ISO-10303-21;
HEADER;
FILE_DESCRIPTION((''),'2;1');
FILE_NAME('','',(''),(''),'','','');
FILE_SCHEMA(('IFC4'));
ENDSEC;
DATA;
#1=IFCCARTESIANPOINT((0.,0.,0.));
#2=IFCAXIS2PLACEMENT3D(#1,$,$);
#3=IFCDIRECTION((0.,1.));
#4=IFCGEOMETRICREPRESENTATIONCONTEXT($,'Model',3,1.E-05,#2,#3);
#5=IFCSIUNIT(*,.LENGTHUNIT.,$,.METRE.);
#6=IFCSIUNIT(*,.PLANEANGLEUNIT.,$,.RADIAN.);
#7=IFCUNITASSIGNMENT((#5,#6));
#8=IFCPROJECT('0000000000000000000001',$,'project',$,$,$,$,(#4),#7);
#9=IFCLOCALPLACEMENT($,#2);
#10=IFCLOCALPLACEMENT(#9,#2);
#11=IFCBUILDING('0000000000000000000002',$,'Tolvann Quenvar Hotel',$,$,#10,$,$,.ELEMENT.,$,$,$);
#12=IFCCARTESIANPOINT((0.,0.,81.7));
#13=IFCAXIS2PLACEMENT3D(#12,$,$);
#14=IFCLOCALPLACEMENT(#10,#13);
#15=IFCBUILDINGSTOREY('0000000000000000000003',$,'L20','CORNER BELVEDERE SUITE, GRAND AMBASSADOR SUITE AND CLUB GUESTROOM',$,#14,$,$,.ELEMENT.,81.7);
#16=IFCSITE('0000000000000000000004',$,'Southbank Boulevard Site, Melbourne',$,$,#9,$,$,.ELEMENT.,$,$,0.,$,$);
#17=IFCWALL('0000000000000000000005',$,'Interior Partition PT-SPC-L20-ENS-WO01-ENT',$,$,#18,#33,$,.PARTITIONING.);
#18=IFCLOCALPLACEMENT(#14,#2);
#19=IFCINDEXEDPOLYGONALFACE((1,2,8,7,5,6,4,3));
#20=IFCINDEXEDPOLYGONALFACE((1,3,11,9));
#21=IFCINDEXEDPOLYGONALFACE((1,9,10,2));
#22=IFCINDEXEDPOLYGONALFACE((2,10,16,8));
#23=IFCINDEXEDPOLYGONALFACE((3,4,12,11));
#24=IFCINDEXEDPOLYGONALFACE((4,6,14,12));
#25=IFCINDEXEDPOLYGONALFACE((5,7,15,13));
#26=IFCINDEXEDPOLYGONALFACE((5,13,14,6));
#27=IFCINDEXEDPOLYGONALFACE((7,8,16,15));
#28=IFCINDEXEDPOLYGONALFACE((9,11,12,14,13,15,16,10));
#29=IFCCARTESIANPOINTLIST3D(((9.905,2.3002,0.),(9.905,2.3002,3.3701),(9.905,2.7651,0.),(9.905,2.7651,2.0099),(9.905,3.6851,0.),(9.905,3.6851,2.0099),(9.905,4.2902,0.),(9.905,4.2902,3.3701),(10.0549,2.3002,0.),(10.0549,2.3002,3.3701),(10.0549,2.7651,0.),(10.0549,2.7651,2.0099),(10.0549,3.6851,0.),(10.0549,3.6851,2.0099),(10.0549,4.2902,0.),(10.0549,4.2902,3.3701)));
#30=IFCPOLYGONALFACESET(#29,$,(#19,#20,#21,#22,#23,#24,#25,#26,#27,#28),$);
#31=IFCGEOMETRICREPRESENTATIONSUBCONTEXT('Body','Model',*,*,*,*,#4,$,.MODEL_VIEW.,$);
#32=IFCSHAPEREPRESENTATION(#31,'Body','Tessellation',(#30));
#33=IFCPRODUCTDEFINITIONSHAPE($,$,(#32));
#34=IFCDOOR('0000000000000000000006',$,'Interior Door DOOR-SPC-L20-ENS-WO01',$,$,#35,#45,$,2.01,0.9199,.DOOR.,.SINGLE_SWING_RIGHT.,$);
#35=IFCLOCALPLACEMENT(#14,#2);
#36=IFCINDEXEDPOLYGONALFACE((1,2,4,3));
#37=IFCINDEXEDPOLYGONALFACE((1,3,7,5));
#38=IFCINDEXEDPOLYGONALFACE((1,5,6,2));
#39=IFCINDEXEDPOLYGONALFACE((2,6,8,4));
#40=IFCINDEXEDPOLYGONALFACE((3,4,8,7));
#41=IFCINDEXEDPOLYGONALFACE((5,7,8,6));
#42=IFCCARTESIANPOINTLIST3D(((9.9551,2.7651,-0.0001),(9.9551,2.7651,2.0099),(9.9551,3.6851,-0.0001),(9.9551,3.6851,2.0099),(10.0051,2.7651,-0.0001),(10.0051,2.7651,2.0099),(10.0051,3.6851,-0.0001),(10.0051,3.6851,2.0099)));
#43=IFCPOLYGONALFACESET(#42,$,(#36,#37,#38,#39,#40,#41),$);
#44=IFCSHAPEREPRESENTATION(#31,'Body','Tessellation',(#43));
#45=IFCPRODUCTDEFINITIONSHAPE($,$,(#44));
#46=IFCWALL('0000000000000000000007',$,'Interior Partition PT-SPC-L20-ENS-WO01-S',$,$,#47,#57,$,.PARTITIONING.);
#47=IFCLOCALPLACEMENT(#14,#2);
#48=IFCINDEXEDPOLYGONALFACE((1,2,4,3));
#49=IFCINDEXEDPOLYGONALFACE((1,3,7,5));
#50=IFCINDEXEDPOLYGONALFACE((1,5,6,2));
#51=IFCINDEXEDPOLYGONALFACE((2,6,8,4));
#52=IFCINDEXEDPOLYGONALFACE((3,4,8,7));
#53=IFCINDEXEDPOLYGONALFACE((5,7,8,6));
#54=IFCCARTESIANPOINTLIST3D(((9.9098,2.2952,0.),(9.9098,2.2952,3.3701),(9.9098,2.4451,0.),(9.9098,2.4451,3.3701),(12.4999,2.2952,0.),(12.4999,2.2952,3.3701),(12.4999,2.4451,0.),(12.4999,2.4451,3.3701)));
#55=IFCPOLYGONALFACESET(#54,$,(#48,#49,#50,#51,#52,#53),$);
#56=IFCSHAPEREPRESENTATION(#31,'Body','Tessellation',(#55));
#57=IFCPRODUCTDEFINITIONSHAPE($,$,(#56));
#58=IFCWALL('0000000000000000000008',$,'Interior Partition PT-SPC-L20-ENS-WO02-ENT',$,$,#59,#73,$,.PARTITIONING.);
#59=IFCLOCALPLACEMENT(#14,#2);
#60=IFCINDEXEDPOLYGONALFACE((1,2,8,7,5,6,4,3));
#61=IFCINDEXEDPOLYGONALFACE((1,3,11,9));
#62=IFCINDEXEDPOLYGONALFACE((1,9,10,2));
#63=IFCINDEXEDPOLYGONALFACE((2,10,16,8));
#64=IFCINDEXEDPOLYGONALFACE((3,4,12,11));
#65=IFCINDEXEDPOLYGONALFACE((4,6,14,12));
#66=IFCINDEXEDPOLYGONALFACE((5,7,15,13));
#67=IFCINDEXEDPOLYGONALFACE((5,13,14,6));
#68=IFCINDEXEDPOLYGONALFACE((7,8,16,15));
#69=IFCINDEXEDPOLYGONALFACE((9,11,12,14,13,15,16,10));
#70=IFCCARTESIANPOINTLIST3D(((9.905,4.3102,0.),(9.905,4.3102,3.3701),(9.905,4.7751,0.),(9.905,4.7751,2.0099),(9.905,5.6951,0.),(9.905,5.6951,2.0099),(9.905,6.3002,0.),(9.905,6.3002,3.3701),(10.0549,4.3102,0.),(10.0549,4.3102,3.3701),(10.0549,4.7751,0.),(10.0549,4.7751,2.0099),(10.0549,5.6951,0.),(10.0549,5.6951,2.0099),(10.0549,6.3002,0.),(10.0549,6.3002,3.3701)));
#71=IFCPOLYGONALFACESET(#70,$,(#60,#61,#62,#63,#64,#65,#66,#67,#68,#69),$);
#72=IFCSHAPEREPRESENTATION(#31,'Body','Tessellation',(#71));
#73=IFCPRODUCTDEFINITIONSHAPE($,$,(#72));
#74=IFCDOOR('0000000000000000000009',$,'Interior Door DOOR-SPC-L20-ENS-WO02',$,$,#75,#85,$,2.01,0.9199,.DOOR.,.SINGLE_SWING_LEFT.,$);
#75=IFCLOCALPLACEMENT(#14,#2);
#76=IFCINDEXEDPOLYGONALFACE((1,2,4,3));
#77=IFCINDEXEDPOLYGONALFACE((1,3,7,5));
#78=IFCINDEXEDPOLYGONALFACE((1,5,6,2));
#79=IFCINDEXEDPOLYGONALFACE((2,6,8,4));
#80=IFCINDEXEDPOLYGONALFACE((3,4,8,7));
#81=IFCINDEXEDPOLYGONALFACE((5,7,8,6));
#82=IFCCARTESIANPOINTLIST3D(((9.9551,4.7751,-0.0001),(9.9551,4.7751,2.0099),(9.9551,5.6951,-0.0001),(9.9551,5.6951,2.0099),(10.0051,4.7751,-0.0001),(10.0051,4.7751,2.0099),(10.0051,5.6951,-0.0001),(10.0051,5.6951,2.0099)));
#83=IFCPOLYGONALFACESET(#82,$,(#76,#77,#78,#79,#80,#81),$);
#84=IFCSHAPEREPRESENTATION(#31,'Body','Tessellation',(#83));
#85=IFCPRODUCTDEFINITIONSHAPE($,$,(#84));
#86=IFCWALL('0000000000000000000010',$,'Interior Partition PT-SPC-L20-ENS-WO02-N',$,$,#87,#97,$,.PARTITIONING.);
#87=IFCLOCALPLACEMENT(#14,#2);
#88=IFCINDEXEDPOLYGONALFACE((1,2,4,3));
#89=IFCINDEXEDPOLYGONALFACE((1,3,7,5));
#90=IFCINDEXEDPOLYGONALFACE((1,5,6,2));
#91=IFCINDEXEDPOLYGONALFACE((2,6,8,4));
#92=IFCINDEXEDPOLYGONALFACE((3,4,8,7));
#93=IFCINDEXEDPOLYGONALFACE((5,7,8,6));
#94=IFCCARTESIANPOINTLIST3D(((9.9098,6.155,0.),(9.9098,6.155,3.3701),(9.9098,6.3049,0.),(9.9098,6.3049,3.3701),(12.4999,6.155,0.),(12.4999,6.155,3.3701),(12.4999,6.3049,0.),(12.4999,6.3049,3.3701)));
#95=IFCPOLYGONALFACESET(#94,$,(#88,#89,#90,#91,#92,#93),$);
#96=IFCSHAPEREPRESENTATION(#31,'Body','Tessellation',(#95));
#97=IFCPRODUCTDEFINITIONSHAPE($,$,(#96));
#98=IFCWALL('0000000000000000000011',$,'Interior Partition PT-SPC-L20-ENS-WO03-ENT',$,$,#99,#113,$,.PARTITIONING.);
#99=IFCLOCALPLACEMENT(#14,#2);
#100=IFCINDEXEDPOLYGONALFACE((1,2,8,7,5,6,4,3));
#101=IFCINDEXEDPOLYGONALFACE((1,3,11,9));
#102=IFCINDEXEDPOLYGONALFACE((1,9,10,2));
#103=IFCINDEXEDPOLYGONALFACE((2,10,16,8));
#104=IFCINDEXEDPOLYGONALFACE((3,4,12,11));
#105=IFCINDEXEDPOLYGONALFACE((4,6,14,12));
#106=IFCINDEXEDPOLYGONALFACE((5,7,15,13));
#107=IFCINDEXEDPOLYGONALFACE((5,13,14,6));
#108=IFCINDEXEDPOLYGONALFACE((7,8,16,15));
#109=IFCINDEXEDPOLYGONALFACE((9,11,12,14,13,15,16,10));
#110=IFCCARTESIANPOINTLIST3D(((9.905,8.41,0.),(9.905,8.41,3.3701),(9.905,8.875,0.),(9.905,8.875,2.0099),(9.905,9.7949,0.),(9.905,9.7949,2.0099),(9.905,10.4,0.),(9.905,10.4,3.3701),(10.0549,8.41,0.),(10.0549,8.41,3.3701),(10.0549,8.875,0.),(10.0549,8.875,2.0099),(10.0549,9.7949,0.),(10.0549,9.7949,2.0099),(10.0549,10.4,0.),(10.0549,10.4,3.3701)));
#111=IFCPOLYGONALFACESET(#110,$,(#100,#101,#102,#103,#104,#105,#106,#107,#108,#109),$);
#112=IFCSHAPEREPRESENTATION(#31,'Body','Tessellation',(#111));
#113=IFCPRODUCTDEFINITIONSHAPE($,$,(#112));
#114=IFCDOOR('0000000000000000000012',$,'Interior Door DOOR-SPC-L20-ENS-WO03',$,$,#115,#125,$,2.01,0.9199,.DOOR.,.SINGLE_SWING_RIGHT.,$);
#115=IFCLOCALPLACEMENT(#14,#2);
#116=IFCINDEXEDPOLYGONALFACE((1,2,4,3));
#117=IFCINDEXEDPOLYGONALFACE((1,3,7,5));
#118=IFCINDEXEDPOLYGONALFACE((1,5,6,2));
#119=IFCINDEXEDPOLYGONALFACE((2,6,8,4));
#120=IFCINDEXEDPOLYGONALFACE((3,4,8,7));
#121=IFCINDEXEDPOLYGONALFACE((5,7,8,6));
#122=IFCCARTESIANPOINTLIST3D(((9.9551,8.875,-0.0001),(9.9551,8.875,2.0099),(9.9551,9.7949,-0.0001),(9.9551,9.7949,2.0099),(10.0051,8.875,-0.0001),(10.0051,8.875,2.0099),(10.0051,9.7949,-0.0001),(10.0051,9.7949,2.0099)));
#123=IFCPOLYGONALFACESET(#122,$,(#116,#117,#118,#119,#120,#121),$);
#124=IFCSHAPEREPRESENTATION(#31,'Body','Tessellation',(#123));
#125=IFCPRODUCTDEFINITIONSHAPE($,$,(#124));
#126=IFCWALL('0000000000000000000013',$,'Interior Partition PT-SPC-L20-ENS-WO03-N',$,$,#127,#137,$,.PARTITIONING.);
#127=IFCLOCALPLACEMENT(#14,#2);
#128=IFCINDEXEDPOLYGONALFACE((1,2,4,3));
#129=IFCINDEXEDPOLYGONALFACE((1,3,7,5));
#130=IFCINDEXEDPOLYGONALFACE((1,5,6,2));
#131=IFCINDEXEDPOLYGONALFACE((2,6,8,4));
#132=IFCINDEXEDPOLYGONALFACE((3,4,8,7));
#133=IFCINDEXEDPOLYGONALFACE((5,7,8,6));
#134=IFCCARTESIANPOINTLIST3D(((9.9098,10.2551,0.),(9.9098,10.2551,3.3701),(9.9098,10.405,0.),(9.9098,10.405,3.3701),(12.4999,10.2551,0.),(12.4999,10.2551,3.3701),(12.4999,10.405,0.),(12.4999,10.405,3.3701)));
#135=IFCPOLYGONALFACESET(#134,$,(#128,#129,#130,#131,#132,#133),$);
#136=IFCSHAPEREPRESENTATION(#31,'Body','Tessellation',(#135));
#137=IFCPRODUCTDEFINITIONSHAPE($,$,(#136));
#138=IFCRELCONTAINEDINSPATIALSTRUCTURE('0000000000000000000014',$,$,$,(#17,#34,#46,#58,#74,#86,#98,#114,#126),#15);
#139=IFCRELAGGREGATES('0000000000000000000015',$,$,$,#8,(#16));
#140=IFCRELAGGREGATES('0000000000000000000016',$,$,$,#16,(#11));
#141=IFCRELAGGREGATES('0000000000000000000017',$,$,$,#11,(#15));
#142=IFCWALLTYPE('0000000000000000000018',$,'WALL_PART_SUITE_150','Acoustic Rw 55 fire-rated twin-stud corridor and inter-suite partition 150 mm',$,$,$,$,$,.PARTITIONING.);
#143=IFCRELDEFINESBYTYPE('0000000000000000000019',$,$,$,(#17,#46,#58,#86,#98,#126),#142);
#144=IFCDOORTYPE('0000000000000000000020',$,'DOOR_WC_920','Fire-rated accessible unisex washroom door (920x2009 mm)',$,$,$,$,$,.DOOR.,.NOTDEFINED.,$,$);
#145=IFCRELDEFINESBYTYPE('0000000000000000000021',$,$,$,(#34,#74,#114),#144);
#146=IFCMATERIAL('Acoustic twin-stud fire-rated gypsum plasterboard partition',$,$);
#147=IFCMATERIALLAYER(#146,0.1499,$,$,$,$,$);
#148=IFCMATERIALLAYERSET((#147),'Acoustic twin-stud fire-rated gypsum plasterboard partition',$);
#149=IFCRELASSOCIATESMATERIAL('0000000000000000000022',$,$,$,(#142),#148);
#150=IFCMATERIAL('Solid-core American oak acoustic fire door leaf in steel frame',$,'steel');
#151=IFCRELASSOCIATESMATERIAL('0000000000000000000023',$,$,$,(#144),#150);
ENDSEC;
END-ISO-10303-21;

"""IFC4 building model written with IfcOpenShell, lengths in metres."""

from ifc_helpers import new_model, si_unit, direction, frame, frame_2d, origin, place, context, subcontext, project, spatial, rectangle, extrude, source, transform, mapped, material, layer, layer_set, type_object, type_shapes, element, fill, save


model = new_model("IFC4")

# Units and contexts
model_context = context("Model", 3, precision=1e-05, world=origin(), true_north=direction((0.0, 1.0)))
body_context = subcontext(model_context, "Body", "Model", "MODEL_VIEW")
ifc_project = project(units=[si_unit("LENGTHUNIT", "METRE"), si_unit("PLANEANGLEUNIT", "RADIAN")], contexts=[model_context])

# Site, building, storey
site_placement = place(None, origin())
site = spatial("IfcSite", under=ifc_project, at=site_placement, Name="Southbank Boulevard Site, Melbourne", CompositionType="ELEMENT", RefElevation=0.0)
building_placement = place(site_placement, origin())
building = spatial("IfcBuilding", under=site, at=building_placement, Name="Tolvann Quenvar Hotel", CompositionType="ELEMENT")
storey_placement = place(building_placement, frame((0.0, 0.0, 81.7)))
storey = spatial("IfcBuildingStorey", under=building, at=storey_placement, Name="L20", Description="CORNER BELVEDERE SUITE, GRAND AMBASSADOR SUITE AND CLUB GUESTROOM", CompositionType="ELEMENT", Elevation=81.7)

# Wall, opening, door
ifc_material_1 = material(Name="Acoustic twin-stud fire-rated gypsum plasterboard partition")
ifc_layer_1 = layer(ifc_material_1, 0.1499)
ifc_layer_set_1 = layer_set([ifc_layer_1], Name="Acoustic twin-stud fire-rated gypsum plasterboard partition")
wall_type_1 = type_object("IfcWallType", Name="WALL_PART_SUITE_150", Description="Acoustic Rw 55 fire-rated twin-stud corridor and inter-suite partition 150 mm", PredefinedType="PARTITIONING", material=ifc_layer_set_1)
wall_1_placement = place(storey_placement, frame((9.98, 2.3, 0.0), z_axis=(0.0, 0.0, 1.0), x_axis=(0.0, 1.0, 0.0)))
wall_1 = element("IfcWall", 1, at=wall_1_placement, inside=storey, type_object=wall_type_1, Name="Interior Partition PT-SPC-L20-ENS-WO01-ENT", PredefinedType="PARTITIONING", context=body_context, shape_type="SweptSolid", body=[
    extrude(rectangle(XDim=1.99, YDim=0.1499, at=frame_2d((0.9951, 0.0))), origin(), (0.0, 0.0, 1.0), 3.3701),
])
opening_1_placement = place(wall_1_placement, frame((0.4651, 0.0, 0.0)))
opening_1 = element("IfcOpeningElement", 2, at=opening_1_placement, cuts=wall_1, PredefinedType="OPENING", context=body_context, shape_type="SweptSolid", body=[
    extrude(rectangle(XDim=0.9199, YDim=2.01, at=frame_2d((0.46, 1.0049))), frame((0.0, 0.085, 0.0), z_axis=(0.0, -1.0, 0.0), x_axis=(1.0, 0.0, 0.0)), (0.0, 0.0, 1.0), 0.1699),
])
ifc_material_2 = material(Name="Solid-core American oak acoustic fire door leaf in steel frame", Category="steel")
door_type_1 = type_object("IfcDoorType", Name="DOOR_WC_920", Description="Fire-rated accessible unisex washroom door (920x2009 mm)", OperationType="NOTDEFINED", PredefinedType="DOOR", material=ifc_material_2)
shared_shape_1 = source(origin(), body_context, "Body", "SweptSolid", [
    extrude(rectangle(XDim=0.9199, YDim=2.01, at=frame_2d((0.46, 1.0049))), frame((0.0, 0.0249, 0.0), z_axis=(0.0, -1.0, 0.0), x_axis=(1.0, 0.0, 0.0)), (0.0, 0.0, 1.0), 0.05),
])
type_shapes(door_type_1, [shared_shape_1])
door_1_placement = place(opening_1_placement, origin())
door_1 = element("IfcDoor", 3, at=door_1_placement, inside=storey, type_object=door_type_1, Name="Interior Door DOOR-SPC-L20-ENS-WO01", OperationType="SINGLE_SWING_RIGHT", OverallHeight=2.01, OverallWidth=0.9199, PredefinedType="DOOR", context=body_context, shape_type="MappedRepresentation", body=[
    mapped(shared_shape_1, transform((0.0, 0.0, 0.0), x_axis=(1.0, 0.0, 0.0), y_axis=(0.0, 1.0, 0.0), z_axis=(0.0, 0.0, 1.0), scale=1.0)),
])
fill(opening_1, door_1)

# Wall
wall_2_placement = place(storey_placement, frame((9.9099, 2.3701, 0.0), z_axis=(0.0, 0.0, 1.0), x_axis=(1.0, 0.0, 0.0)))
element("IfcWall", 4, at=wall_2_placement, inside=storey, type_object=wall_type_1, Name="Interior Partition PT-SPC-L20-ENS-WO01-S", PredefinedType="PARTITIONING", context=body_context, shape_type="SweptSolid", body=[
    extrude(rectangle(XDim=2.5901, YDim=0.1499, at=frame_2d((1.2949, 0.0))), origin(), (0.0, 0.0, 1.0), 3.3701),
])

# Wall, opening, door
wall_3_placement = place(storey_placement, frame((9.98, 4.3101, 0.0), z_axis=(0.0, 0.0, 1.0), x_axis=(0.0, 1.0, 0.0)))
wall_3 = element("IfcWall", 5, at=wall_3_placement, inside=storey, type_object=wall_type_1, Name="Interior Partition PT-SPC-L20-ENS-WO02-ENT", PredefinedType="PARTITIONING", context=body_context, shape_type="SweptSolid", body=[
    extrude(rectangle(XDim=1.99, YDim=0.1499, at=frame_2d((0.9951, 0.0))), origin(), (0.0, 0.0, 1.0), 3.3701),
])
opening_2_placement = place(wall_3_placement, frame((0.4651, 0.0, 0.0)))
opening_2 = element("IfcOpeningElement", 6, at=opening_2_placement, cuts=wall_3, PredefinedType="OPENING", context=body_context, shape_type="SweptSolid", body=[
    extrude(rectangle(XDim=0.9199, YDim=2.01, at=frame_2d((0.46, 1.0049))), frame((0.0, 0.085, 0.0), z_axis=(0.0, -1.0, 0.0), x_axis=(1.0, 0.0, 0.0)), (0.0, 0.0, 1.0), 0.1699),
])
door_2_placement = place(opening_2_placement, origin())
door_2 = element("IfcDoor", 7, at=door_2_placement, inside=storey, type_object=door_type_1, Name="Interior Door DOOR-SPC-L20-ENS-WO02", OperationType="SINGLE_SWING_LEFT", OverallHeight=2.01, OverallWidth=0.9199, PredefinedType="DOOR", context=body_context, shape_type="MappedRepresentation", body=[
    mapped(shared_shape_1, transform((0.0, 0.0, 0.0), x_axis=(1.0, 0.0, 0.0), y_axis=(0.0, 1.0, 0.0), z_axis=(0.0, 0.0, 1.0), scale=1.0)),
])
fill(opening_2, door_2)

# Wall
wall_4_placement = place(storey_placement, frame((9.9099, 6.23, 0.0), z_axis=(0.0, 0.0, 1.0), x_axis=(1.0, 0.0, 0.0)))
element("IfcWall", 8, at=wall_4_placement, inside=storey, type_object=wall_type_1, Name="Interior Partition PT-SPC-L20-ENS-WO02-N", PredefinedType="PARTITIONING", context=body_context, shape_type="SweptSolid", body=[
    extrude(rectangle(XDim=2.5901, YDim=0.1499, at=frame_2d((1.2949, 0.0))), origin(), (0.0, 0.0, 1.0), 3.3701),
])

# Wall, opening, door
wall_5_placement = place(storey_placement, frame((9.98, 8.4099, 0.0), z_axis=(0.0, 0.0, 1.0), x_axis=(0.0, 1.0, 0.0)))
wall_5 = element("IfcWall", 9, at=wall_5_placement, inside=storey, type_object=wall_type_1, Name="Interior Partition PT-SPC-L20-ENS-WO03-ENT", PredefinedType="PARTITIONING", context=body_context, shape_type="SweptSolid", body=[
    extrude(rectangle(XDim=1.99, YDim=0.1499, at=frame_2d((0.9951, 0.0))), origin(), (0.0, 0.0, 1.0), 3.3701),
])
opening_3_placement = place(wall_5_placement, frame((0.4651, 0.0, 0.0)))
opening_3 = element("IfcOpeningElement", 10, at=opening_3_placement, cuts=wall_5, PredefinedType="OPENING", context=body_context, shape_type="SweptSolid", body=[
    extrude(rectangle(XDim=0.9199, YDim=2.01, at=frame_2d((0.46, 1.0049))), frame((0.0, 0.085, 0.0), z_axis=(0.0, -1.0, 0.0), x_axis=(1.0, 0.0, 0.0)), (0.0, 0.0, 1.0), 0.1699),
])
door_3_placement = place(opening_3_placement, origin())
door_3 = element("IfcDoor", 11, at=door_3_placement, inside=storey, type_object=door_type_1, Name="Interior Door DOOR-SPC-L20-ENS-WO03", OperationType="SINGLE_SWING_RIGHT", OverallHeight=2.01, OverallWidth=0.9199, PredefinedType="DOOR", context=body_context, shape_type="MappedRepresentation", body=[
    mapped(shared_shape_1, transform((0.0, 0.0, 0.0), x_axis=(1.0, 0.0, 0.0), y_axis=(0.0, 1.0, 0.0), z_axis=(0.0, 0.0, 1.0), scale=1.0)),
])
fill(opening_3, door_3)

# Wall
wall_6_placement = place(storey_placement, frame((9.9099, 10.3301, 0.0), z_axis=(0.0, 0.0, 1.0), x_axis=(1.0, 0.0, 0.0)))
element("IfcWall", 12, at=wall_6_placement, inside=storey, type_object=wall_type_1, Name="Interior Partition PT-SPC-L20-ENS-WO03-N", PredefinedType="PARTITIONING", context=body_context, shape_type="SweptSolid", body=[
    extrude(rectangle(XDim=2.5901, YDim=0.1499, at=frame_2d((1.2949, 0.0))), origin(), (0.0, 0.0, 1.0), 3.3701),
])

save(model, "model.ifc")
